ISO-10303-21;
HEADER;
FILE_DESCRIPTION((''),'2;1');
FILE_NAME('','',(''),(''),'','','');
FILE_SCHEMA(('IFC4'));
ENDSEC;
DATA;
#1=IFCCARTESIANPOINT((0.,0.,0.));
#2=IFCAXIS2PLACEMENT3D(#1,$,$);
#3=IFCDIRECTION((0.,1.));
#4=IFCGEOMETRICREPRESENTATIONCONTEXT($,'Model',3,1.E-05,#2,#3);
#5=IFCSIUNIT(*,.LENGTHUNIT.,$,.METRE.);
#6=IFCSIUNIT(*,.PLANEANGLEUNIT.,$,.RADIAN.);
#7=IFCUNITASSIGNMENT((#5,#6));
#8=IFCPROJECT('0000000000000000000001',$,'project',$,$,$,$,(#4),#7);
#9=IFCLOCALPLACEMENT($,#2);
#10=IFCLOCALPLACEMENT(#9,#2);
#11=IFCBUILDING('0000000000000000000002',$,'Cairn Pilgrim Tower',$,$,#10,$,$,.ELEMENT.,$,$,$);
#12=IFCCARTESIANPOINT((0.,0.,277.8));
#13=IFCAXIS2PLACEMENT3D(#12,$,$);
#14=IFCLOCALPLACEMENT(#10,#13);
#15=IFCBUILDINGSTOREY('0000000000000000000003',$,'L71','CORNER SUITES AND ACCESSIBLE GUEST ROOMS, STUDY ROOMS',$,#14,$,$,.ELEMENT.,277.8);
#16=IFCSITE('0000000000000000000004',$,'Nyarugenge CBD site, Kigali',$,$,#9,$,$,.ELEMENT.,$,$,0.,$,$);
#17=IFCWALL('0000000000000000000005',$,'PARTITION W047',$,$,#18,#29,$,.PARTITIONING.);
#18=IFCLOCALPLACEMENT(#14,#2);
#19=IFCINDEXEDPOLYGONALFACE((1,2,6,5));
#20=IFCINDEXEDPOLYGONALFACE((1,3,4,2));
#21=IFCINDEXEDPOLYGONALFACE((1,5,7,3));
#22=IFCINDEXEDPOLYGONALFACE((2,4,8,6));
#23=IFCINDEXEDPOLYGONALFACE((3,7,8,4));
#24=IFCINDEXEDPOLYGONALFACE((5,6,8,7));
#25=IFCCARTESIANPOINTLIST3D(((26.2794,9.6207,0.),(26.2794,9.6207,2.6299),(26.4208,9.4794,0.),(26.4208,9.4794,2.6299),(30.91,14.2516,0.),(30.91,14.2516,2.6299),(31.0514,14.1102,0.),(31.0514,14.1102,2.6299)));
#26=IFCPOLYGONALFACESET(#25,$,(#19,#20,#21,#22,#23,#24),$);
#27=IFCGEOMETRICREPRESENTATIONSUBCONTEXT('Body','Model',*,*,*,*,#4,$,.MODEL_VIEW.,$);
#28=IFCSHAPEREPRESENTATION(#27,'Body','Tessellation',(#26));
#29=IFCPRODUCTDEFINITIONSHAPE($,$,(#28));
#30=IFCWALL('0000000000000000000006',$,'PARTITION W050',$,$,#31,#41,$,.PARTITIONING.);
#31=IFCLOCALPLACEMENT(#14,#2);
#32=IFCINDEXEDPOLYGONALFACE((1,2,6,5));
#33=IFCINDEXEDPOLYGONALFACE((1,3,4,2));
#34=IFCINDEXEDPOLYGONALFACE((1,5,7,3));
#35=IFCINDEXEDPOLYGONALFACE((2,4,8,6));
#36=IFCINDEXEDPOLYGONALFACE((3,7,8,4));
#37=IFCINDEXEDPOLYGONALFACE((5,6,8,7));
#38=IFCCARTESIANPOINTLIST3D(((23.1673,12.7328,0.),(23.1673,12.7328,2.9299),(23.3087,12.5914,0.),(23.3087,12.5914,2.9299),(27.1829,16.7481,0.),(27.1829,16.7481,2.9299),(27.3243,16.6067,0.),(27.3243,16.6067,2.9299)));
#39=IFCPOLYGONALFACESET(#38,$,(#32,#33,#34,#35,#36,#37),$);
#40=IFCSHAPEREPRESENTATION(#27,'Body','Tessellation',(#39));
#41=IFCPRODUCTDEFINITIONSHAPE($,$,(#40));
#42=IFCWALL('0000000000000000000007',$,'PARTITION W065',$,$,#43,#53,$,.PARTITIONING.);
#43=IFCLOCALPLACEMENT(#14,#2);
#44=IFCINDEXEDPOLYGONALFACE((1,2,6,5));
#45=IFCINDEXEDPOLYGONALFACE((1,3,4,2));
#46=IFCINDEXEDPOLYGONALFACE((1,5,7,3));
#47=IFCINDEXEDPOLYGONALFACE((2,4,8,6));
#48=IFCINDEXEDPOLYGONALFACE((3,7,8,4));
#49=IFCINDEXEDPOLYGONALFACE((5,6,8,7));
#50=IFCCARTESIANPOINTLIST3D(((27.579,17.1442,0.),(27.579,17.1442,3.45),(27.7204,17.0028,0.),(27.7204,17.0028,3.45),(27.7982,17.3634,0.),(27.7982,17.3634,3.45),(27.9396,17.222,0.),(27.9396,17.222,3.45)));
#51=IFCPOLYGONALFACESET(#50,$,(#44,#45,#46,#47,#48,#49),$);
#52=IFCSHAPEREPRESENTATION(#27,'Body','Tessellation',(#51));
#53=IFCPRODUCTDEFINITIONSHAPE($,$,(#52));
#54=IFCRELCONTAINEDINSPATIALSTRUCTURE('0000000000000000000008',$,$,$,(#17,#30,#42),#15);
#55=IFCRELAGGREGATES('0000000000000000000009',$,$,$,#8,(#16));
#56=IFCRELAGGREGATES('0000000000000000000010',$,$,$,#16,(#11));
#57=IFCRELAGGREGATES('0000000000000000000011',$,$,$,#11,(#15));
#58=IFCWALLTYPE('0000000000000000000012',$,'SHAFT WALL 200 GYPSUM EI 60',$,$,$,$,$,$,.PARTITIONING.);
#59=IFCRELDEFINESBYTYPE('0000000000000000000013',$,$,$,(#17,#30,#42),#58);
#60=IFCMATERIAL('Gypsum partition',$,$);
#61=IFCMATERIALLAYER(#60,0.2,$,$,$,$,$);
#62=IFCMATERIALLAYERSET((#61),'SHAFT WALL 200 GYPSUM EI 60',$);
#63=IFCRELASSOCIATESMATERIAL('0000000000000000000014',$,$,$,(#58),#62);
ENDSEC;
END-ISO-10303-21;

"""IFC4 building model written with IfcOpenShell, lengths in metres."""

from ifc_helpers import new_model, si_unit, direction, frame, frame_2d, origin, place, context, subcontext, project, spatial, rectangle, extrude, material, layer, layer_set, type_object, element, save


model = new_model("IFC4")

# Units and contexts
model_context = context("Model", 3, precision=1e-05, world=origin(), true_north=direction((0.0, 1.0)))
body_context = subcontext(model_context, "Body", "Model", "MODEL_VIEW")
ifc_project = project(units=[si_unit("LENGTHUNIT", "METRE"), si_unit("PLANEANGLEUNIT", "RADIAN")], contexts=[model_context])

# Site, building, storey
site_placement = place(None, origin())
site = spatial("IfcSite", under=ifc_project, at=site_placement, Name="Nyarugenge CBD site, Kigali", CompositionType="ELEMENT", RefElevation=0.0)
building_placement = place(site_placement, origin())
building = spatial("IfcBuilding", under=site, at=building_placement, Name="Cairn Pilgrim Tower", CompositionType="ELEMENT")
storey_placement = place(building_placement, frame((0.0, 0.0, 277.8)))
storey = spatial("IfcBuildingStorey", under=building, at=storey_placement, Name="L71", Description="CORNER SUITES AND ACCESSIBLE GUEST ROOMS, STUDY ROOMS", CompositionType="ELEMENT", Elevation=277.8)

# Shared definitions
ifc_material_1 = material(Name="Gypsum partition")

# Walls
ifc_layer_1 = layer(ifc_material_1, 0.2)
ifc_layer_set_1 = layer_set([ifc_layer_1], Name="SHAFT WALL 200 GYPSUM EI 60")
wall_type_1 = type_object("IfcWallType", Name="SHAFT WALL 200 GYPSUM EI 60", PredefinedType="PARTITIONING", material=ifc_layer_set_1)
wall_1_placement = place(storey_placement, frame((26.3501, 9.55, 0.0), z_axis=(0.0, 0.0, 1.0), x_axis=(0.707088, 0.707125, 0.0)))
element("IfcWall", 1, at=wall_1_placement, inside=storey, type_object=wall_type_1, Name="PARTITION W047", PredefinedType="PARTITIONING", context=body_context, shape_type="SweptSolid", body=[
    extrude(rectangle(XDim=6.5488, YDim=0.2, at=frame_2d((3.2744, 0.0))), origin(), (0.0, 0.0, 1.0), 2.6299),
])
wall_2_placement = place(storey_placement, frame((23.238, 12.6621, 0.0), z_axis=(0.0, 0.0, 1.0), x_axis=(0.707128, 0.707085, 0.0)))
element("IfcWall", 2, at=wall_2_placement, inside=storey, type_object=wall_type_1, Name="PARTITION W050", PredefinedType="PARTITIONING", context=body_context, shape_type="SweptSolid", body=[
    extrude(rectangle(XDim=5.6787, YDim=0.2, at=frame_2d((2.8394, 0.0))), origin(), (0.0, 0.0, 1.0), 2.9299),
])
wall_3_placement = place(storey_placement, frame((27.6497, 17.0735, 0.0), z_axis=(0.0, 0.0, 1.0), x_axis=(0.707107, 0.707107, 0.0)))
element("IfcWall", 3, at=wall_3_placement, inside=storey, type_object=wall_type_1, Name="PARTITION W065", PredefinedType="PARTITIONING", context=body_context, shape_type="SweptSolid", body=[
    extrude(rectangle(XDim=0.3101, YDim=0.2, at=frame_2d((0.155, 0.0))), origin(), (0.0, 0.0, 1.0), 3.45),
])

save(model, "model.ifc")
